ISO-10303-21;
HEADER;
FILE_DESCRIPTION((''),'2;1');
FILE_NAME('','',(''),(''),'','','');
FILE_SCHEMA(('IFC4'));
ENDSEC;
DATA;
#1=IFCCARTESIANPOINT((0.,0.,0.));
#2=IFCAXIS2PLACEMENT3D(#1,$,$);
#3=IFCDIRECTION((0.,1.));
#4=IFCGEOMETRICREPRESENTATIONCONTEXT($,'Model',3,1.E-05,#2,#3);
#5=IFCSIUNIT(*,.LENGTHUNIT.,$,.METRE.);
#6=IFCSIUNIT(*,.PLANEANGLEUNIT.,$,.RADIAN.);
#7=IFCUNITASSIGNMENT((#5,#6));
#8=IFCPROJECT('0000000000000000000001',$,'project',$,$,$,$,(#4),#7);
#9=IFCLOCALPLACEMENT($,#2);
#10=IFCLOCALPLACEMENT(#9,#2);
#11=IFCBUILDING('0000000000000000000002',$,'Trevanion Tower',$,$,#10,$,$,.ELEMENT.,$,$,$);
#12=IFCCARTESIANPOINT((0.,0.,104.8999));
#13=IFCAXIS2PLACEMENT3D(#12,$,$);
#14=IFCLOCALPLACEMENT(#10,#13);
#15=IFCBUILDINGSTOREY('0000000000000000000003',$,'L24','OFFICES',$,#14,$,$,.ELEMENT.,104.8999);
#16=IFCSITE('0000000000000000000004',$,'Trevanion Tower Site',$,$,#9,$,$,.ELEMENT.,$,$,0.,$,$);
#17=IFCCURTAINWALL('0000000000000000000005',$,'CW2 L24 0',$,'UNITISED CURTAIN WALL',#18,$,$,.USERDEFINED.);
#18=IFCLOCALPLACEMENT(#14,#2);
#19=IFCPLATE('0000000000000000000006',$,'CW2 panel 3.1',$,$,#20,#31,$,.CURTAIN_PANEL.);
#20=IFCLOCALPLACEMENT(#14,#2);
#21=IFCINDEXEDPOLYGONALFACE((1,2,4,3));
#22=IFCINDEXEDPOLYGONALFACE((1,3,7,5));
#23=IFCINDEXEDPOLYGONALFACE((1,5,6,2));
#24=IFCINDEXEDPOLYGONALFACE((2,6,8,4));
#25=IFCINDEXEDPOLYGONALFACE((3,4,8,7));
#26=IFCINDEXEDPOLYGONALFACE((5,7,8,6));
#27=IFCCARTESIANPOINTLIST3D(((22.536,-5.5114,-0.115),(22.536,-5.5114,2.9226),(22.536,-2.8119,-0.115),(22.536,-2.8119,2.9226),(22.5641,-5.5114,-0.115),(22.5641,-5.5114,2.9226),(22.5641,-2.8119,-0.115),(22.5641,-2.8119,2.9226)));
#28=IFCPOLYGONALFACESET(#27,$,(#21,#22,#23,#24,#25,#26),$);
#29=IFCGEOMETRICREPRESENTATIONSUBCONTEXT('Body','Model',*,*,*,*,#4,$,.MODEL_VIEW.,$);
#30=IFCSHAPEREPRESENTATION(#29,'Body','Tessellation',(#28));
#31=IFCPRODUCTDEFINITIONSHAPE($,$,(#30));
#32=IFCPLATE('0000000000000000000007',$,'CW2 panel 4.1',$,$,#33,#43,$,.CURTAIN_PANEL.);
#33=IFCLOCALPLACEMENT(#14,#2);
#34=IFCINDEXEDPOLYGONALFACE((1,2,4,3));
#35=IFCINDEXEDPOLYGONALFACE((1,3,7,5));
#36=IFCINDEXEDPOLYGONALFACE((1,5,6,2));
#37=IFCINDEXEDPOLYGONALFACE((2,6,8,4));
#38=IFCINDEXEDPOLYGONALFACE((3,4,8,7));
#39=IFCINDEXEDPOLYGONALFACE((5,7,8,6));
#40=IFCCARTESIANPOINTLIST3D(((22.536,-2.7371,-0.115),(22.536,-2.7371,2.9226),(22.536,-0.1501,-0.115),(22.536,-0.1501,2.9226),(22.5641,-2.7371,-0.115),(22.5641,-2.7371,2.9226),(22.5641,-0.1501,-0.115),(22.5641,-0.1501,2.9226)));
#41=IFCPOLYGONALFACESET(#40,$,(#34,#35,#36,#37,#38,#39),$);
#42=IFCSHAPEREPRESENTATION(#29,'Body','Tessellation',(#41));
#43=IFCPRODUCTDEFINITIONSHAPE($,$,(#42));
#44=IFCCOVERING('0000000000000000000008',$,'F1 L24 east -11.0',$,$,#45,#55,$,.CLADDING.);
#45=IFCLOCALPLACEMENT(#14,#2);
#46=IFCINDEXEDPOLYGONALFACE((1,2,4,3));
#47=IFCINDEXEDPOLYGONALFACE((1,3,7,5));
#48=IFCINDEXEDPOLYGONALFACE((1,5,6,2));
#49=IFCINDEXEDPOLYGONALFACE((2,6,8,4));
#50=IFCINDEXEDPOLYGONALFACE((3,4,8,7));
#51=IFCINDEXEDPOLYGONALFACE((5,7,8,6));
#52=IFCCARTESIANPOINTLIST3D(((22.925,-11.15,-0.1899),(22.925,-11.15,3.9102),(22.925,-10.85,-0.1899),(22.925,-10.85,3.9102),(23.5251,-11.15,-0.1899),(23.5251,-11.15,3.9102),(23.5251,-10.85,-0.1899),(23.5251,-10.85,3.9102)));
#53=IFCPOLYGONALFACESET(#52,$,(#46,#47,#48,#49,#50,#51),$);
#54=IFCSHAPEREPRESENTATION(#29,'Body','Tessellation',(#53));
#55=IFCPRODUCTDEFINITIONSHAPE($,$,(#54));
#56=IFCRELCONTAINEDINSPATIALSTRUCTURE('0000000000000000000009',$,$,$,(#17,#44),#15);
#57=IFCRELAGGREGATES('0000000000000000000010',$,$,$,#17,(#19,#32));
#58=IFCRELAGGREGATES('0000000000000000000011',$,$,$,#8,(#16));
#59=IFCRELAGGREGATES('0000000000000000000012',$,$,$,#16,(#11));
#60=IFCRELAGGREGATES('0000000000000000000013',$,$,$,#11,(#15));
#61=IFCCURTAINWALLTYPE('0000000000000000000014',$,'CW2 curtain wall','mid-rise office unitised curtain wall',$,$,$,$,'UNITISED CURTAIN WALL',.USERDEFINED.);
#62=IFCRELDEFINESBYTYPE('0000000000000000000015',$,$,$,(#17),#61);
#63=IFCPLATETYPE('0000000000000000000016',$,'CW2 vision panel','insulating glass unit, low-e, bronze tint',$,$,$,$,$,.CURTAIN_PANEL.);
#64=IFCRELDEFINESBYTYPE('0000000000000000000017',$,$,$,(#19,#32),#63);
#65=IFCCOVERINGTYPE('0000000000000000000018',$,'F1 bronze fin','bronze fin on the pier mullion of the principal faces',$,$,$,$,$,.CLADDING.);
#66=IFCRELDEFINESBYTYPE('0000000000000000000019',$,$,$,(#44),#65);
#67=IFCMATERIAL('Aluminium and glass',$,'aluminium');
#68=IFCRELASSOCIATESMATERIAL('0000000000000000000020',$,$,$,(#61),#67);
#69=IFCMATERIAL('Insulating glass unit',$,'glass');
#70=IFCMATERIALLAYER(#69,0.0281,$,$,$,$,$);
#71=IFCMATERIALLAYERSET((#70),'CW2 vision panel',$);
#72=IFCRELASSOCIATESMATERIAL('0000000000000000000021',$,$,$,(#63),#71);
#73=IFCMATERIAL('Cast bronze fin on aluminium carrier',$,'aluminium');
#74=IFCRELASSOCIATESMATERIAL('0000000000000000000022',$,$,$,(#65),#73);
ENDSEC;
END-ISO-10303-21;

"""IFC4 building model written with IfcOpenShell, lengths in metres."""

from ifc_helpers import new_model, si_unit, direction, frame, origin, origin_2d, place, context, subcontext, project, spatial, rectangle, extrude, material, layer, layer_set, type_object, element, aggregate, save


model = new_model("IFC4")

# Units and contexts
model_context = context("Model", 3, precision=1e-05, world=origin(), true_north=direction((0.0, 1.0)))
body_context = subcontext(model_context, "Body", "Model", "MODEL_VIEW")
ifc_project = project(units=[si_unit("LENGTHUNIT", "METRE"), si_unit("PLANEANGLEUNIT", "RADIAN")], contexts=[model_context])

# Site, building, storey
site_placement = place(None, origin())
site = spatial("IfcSite", under=ifc_project, at=site_placement, Name="Trevanion Tower Site", CompositionType="ELEMENT", RefElevation=0.0)
building_placement = place(site_placement, origin())
building = spatial("IfcBuilding", under=site, at=building_placement, Name="Trevanion Tower", CompositionType="ELEMENT")
storey_placement = place(building_placement, frame((0.0, 0.0, 104.8999)))
storey = spatial("IfcBuildingStorey", under=building, at=storey_placement, Name="L24", Description="OFFICES", CompositionType="ELEMENT", Elevation=104.8999)

# Curtain wall, plates
ifc_material_1 = material(Name="Aluminium and glass", Category="aluminium")
curtain_wall_type = type_object("IfcCurtainWallType", Name="CW2 curtain wall", Description="mid-rise office unitised curtain wall", ElementType="UNITISED CURTAIN WALL", PredefinedType="USERDEFINED", material=ifc_material_1)
curtain_wall_placement = place(storey_placement, origin())
curtain_wall = element("IfcCurtainWall", 1, at=curtain_wall_placement, inside=storey, type_object=curtain_wall_type, Name="CW2 L24 0", ObjectType="UNITISED CURTAIN WALL", PredefinedType="USERDEFINED")
ifc_material_2 = material(Name="Insulating glass unit", Category="glass")
ifc_layer_1 = layer(ifc_material_2, 0.0281)
ifc_layer_set_1 = layer_set([ifc_layer_1], Name="CW2 vision panel")
plate_type_1 = type_object("IfcPlateType", Name="CW2 vision panel", Description="insulating glass unit, low-e, bronze tint", PredefinedType="CURTAIN_PANEL", material=ifc_layer_set_1)
plate_1_placement = place(storey_placement, frame((22.55, -4.1616, -0.115), z_axis=(0.0, 0.0, 1.0), x_axis=(0.0, 1.0, 0.0)))
plate_1 = element("IfcPlate", 2, at=plate_1_placement, type_object=plate_type_1, Name="CW2 panel 3.1", PredefinedType="CURTAIN_PANEL", context=body_context, shape_type="SweptSolid", body=[
    extrude(rectangle(XDim=2.6995, YDim=0.0281, at=origin_2d()), origin(), (0.0, 0.0, 1.0), 3.0376),
])
plate_2_placement = place(storey_placement, frame((22.55, -1.4436, -0.115), z_axis=(0.0, 0.0, 1.0), x_axis=(0.0, 1.0, 0.0)))
plate_2 = element("IfcPlate", 3, at=plate_2_placement, type_object=plate_type_1, Name="CW2 panel 4.1", PredefinedType="CURTAIN_PANEL", context=body_context, shape_type="SweptSolid", body=[
    extrude(rectangle(XDim=2.5869, YDim=0.0281, at=origin_2d()), origin(), (0.0, 0.0, 1.0), 3.0376),
])
aggregate(curtain_wall, [plate_1, plate_2])

# Covering
ifc_material_3 = material(Name="Cast bronze fin on aluminium carrier", Category="aluminium")
covering_type = type_object("IfcCoveringType", Name="F1 bronze fin", Description="bronze fin on the pier mullion of the principal faces", PredefinedType="CLADDING", material=ifc_material_3)
covering_placement = place(storey_placement, frame((23.2251, -11.0, -0.1899), z_axis=(0.0, 0.0, 1.0), x_axis=(0.0, 1.0, 0.0)))
element("IfcCovering", 4, at=covering_placement, inside=storey, type_object=covering_type, Name="F1 L24 east -11.0", PredefinedType="CLADDING", context=body_context, shape_type="SweptSolid", body=[
    extrude(rectangle(XDim=0.3, YDim=0.6001, at=origin_2d()), origin(), (0.0, 0.0, 1.0), 4.1001),
])

save(model, "model.ifc")
